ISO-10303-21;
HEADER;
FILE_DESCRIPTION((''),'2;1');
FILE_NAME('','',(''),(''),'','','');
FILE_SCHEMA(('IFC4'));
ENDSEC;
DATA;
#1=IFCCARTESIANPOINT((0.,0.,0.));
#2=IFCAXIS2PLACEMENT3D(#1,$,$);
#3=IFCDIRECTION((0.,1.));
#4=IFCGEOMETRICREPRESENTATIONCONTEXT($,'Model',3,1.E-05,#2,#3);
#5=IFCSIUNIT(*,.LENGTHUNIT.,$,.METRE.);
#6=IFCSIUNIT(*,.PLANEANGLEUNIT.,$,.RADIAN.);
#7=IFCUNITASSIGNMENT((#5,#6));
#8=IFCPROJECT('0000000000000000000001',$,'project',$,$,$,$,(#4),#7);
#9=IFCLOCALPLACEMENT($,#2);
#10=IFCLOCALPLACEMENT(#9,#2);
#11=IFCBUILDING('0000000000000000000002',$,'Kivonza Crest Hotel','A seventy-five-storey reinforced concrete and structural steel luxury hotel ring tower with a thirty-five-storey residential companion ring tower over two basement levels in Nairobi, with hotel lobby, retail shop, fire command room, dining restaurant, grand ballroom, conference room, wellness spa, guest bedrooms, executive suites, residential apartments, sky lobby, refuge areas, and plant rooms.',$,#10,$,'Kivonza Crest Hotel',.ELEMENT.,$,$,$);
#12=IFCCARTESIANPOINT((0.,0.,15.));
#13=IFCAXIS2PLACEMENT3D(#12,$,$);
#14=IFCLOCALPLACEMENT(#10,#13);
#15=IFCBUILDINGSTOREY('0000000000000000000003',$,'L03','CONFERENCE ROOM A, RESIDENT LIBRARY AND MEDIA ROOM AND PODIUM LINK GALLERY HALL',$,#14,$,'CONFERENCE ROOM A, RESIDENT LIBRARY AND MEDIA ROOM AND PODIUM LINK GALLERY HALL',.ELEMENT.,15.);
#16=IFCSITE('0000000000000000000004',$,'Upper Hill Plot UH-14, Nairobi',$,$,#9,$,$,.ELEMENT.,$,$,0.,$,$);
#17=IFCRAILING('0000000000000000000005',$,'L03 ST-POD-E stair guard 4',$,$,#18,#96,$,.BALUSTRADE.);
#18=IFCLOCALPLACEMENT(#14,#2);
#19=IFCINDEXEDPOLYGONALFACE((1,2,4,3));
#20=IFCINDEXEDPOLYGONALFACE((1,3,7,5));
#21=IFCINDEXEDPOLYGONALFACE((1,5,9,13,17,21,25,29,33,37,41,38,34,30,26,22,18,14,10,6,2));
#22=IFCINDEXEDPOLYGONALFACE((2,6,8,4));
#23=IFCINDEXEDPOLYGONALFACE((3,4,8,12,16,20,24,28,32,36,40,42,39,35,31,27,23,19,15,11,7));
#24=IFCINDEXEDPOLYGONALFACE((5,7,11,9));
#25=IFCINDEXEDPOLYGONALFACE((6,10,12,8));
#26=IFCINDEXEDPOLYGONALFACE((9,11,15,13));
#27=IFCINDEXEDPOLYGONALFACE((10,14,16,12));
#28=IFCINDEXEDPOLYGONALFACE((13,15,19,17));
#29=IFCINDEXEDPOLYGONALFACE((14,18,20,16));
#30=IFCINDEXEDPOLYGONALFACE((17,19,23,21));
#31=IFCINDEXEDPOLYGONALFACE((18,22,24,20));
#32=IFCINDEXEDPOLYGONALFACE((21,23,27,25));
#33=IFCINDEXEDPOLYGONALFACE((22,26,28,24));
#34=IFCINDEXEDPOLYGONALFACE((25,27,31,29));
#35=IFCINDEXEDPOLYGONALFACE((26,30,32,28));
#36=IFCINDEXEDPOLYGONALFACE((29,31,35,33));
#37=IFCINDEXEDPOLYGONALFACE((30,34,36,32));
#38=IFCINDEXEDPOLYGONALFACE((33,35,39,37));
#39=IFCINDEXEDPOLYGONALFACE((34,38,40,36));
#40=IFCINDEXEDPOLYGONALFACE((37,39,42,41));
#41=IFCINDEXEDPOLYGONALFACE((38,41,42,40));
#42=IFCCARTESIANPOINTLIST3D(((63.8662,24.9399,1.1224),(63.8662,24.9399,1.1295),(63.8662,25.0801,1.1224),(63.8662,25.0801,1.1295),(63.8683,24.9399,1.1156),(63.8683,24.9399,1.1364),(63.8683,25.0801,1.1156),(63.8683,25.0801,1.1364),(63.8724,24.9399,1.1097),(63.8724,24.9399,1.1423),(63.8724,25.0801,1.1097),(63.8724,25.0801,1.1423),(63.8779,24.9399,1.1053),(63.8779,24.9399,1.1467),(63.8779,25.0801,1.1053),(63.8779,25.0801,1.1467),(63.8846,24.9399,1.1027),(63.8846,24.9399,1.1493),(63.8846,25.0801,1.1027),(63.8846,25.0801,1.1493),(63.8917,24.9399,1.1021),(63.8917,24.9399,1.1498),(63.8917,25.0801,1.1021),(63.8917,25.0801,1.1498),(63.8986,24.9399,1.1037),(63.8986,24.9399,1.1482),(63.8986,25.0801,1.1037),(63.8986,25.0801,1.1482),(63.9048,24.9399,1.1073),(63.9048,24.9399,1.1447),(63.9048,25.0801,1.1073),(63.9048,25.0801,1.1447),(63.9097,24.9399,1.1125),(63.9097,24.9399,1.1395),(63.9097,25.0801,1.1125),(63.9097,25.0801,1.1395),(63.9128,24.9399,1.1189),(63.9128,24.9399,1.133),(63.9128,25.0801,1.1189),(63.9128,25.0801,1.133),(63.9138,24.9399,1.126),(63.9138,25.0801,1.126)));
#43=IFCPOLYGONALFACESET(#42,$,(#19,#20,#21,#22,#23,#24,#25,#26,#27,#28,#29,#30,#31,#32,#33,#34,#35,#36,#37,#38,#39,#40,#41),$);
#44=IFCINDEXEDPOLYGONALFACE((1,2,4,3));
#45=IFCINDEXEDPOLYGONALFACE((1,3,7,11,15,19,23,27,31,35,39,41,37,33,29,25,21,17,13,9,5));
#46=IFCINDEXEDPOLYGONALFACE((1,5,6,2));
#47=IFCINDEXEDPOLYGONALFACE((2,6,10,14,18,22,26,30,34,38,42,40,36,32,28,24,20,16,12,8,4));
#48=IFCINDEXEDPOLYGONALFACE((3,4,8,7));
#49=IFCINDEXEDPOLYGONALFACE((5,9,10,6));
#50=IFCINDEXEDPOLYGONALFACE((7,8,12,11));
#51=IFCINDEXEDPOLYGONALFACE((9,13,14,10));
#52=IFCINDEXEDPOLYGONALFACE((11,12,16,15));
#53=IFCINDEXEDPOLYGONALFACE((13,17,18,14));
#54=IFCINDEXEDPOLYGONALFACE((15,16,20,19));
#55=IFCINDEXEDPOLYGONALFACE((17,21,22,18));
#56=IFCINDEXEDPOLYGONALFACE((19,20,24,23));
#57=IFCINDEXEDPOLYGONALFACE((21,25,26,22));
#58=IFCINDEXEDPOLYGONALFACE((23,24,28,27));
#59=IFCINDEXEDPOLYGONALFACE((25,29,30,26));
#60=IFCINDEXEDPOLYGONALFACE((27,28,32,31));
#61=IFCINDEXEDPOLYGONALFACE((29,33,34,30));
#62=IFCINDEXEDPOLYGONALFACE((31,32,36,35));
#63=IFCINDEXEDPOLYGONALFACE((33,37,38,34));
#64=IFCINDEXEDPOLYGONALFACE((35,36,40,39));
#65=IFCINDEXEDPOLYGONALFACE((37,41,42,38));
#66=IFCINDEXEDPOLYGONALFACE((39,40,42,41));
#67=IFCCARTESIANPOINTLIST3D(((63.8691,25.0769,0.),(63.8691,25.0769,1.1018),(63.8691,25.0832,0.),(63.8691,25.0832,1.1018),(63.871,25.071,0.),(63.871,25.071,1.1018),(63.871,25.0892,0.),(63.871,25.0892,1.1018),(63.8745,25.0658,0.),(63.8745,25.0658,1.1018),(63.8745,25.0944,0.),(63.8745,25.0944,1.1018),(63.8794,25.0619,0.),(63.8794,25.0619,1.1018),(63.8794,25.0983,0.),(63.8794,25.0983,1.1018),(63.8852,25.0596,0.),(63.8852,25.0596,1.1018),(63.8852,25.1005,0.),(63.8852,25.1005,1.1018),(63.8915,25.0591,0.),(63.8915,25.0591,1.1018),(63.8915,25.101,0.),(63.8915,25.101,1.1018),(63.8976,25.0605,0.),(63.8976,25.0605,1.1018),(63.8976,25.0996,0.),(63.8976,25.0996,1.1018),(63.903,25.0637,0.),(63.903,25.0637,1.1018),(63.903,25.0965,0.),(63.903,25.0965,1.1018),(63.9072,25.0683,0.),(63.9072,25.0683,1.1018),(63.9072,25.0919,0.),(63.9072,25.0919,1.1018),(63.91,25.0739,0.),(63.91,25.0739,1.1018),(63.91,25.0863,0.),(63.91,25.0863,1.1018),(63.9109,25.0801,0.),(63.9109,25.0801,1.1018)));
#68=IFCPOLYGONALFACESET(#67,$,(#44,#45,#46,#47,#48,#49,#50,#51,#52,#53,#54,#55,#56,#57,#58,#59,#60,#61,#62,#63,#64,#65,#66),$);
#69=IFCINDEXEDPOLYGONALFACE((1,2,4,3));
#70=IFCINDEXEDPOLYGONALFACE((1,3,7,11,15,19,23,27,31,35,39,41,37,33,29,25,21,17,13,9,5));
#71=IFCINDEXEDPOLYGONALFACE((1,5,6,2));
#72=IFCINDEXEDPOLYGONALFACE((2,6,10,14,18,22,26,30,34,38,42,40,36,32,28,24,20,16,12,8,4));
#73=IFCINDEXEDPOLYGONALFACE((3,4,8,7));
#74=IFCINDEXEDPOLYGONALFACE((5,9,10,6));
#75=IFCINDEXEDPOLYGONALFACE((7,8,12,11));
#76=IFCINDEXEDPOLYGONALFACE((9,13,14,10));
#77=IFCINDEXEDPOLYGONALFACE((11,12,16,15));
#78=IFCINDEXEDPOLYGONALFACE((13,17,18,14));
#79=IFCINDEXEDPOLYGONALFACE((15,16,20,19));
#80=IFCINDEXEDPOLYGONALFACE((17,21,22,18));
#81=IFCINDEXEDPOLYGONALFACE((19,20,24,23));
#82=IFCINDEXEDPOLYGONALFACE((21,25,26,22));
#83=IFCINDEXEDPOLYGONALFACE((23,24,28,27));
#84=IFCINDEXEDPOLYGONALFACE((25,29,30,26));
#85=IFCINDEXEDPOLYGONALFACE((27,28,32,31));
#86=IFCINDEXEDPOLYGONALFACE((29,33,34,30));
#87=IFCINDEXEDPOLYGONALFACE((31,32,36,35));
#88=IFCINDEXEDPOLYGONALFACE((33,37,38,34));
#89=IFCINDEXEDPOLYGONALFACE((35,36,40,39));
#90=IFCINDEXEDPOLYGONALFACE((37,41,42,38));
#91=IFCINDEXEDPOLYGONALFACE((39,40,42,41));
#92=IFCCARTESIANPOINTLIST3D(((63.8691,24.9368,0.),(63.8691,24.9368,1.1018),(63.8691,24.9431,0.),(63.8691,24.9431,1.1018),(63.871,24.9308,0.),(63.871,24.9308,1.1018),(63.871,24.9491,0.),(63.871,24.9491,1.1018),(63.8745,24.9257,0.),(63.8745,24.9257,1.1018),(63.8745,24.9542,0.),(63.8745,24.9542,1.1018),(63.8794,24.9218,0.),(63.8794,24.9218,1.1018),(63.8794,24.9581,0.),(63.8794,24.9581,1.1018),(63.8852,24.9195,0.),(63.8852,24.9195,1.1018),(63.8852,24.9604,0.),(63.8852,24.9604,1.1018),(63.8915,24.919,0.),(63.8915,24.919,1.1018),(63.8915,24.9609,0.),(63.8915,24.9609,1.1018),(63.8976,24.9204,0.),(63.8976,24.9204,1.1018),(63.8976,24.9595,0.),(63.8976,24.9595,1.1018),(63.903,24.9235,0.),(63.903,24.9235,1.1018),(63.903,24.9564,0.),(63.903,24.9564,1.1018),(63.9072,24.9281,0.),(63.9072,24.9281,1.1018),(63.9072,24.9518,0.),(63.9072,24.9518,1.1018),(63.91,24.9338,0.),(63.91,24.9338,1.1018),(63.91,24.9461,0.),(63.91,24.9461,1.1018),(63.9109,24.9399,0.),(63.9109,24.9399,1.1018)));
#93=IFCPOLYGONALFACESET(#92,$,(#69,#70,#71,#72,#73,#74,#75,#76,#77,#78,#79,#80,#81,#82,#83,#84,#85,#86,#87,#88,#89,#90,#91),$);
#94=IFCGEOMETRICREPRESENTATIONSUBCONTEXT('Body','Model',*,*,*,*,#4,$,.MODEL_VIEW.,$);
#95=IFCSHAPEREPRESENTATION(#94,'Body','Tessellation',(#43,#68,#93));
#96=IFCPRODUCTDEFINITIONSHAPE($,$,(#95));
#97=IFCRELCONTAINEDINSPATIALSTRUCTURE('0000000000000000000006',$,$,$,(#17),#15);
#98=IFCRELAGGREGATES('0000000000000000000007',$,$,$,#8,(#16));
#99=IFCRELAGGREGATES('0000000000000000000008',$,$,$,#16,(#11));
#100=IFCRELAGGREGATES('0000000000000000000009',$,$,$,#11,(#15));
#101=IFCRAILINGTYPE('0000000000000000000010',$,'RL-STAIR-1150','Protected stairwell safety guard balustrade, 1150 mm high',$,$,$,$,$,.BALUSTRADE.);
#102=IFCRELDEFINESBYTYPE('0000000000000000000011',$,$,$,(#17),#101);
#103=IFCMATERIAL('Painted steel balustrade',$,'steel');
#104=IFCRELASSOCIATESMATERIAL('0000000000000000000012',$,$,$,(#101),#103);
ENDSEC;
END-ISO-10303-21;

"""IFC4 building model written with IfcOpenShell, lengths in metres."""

from ifc_helpers import new_model, si_unit, direction, frame, origin, origin_2d, place, context, subcontext, project, spatial, circle, extrude, material, type_object, element, save


model = new_model("IFC4")

# Units and contexts
model_context = context("Model", 3, precision=1e-05, world=origin(), true_north=direction((0.0, 1.0)))
body_context = subcontext(model_context, "Body", "Model", "MODEL_VIEW")
ifc_project = project(units=[si_unit("LENGTHUNIT", "METRE"), si_unit("PLANEANGLEUNIT", "RADIAN")], contexts=[model_context])

# Site, building, storey
site_placement = place(None, origin())
site = spatial("IfcSite", under=ifc_project, at=site_placement, Name="Upper Hill Plot UH-14, Nairobi", CompositionType="ELEMENT", RefElevation=0.0)
building_placement = place(site_placement, origin())
building = spatial("IfcBuilding", under=site, at=building_placement, Name="Kivonza Crest Hotel", Description="A seventy-five-storey reinforced concrete and structural steel luxury hotel ring tower with a thirty-five-storey residential companion ring tower over two basement levels in Nairobi, with hotel lobby, retail shop, fire command room, dining restaurant, grand ballroom, conference room, wellness spa, guest bedrooms, executive suites, residential apartments, sky lobby, refuge areas, and plant rooms.", LongName="Kivonza Crest Hotel", CompositionType="ELEMENT")
storey_placement = place(building_placement, frame((0.0, 0.0, 15.0)))
storey = spatial("IfcBuildingStorey", under=building, at=storey_placement, Name="L03", Description="CONFERENCE ROOM A, RESIDENT LIBRARY AND MEDIA ROOM AND PODIUM LINK GALLERY HALL", LongName="CONFERENCE ROOM A, RESIDENT LIBRARY AND MEDIA ROOM AND PODIUM LINK GALLERY HALL", CompositionType="ELEMENT", Elevation=15.0)

# Railing
ifc_material_1 = material(Name="Painted steel balustrade", Category="steel")
railing_type_1 = type_object("IfcRailingType", Name="RL-STAIR-1150", Description="Protected stairwell safety guard balustrade, 1150 mm high", PredefinedType="BALUSTRADE", material=ifc_material_1)
railing_1_placement = place(storey_placement, frame((63.8899, 25.0801, 0.0)))
element("IfcRailing", 1, at=railing_1_placement, inside=storey, type_object=railing_type_1, Name="L03 ST-POD-E stair guard 4", PredefinedType="BALUSTRADE", context=body_context, shape_type="SweptSolid", body=[
    extrude(circle(Radius=0.0239, at=origin_2d()), frame((0.0, 0.0, 1.126), z_axis=(0.0, -1.0, 0.0), x_axis=(1.0, 0.0, 0.0)), (0.0, 0.0, 1.0), 0.1401),
    extrude(circle(Radius=0.021, at=origin_2d()), origin(), (0.0, 0.0, 1.0), 1.1018),
    extrude(circle(Radius=0.021, at=origin_2d()), frame((0.0, -0.1401, 0.0)), (0.0, 0.0, 1.0), 1.1018),
])

save(model, "model.ifc")
